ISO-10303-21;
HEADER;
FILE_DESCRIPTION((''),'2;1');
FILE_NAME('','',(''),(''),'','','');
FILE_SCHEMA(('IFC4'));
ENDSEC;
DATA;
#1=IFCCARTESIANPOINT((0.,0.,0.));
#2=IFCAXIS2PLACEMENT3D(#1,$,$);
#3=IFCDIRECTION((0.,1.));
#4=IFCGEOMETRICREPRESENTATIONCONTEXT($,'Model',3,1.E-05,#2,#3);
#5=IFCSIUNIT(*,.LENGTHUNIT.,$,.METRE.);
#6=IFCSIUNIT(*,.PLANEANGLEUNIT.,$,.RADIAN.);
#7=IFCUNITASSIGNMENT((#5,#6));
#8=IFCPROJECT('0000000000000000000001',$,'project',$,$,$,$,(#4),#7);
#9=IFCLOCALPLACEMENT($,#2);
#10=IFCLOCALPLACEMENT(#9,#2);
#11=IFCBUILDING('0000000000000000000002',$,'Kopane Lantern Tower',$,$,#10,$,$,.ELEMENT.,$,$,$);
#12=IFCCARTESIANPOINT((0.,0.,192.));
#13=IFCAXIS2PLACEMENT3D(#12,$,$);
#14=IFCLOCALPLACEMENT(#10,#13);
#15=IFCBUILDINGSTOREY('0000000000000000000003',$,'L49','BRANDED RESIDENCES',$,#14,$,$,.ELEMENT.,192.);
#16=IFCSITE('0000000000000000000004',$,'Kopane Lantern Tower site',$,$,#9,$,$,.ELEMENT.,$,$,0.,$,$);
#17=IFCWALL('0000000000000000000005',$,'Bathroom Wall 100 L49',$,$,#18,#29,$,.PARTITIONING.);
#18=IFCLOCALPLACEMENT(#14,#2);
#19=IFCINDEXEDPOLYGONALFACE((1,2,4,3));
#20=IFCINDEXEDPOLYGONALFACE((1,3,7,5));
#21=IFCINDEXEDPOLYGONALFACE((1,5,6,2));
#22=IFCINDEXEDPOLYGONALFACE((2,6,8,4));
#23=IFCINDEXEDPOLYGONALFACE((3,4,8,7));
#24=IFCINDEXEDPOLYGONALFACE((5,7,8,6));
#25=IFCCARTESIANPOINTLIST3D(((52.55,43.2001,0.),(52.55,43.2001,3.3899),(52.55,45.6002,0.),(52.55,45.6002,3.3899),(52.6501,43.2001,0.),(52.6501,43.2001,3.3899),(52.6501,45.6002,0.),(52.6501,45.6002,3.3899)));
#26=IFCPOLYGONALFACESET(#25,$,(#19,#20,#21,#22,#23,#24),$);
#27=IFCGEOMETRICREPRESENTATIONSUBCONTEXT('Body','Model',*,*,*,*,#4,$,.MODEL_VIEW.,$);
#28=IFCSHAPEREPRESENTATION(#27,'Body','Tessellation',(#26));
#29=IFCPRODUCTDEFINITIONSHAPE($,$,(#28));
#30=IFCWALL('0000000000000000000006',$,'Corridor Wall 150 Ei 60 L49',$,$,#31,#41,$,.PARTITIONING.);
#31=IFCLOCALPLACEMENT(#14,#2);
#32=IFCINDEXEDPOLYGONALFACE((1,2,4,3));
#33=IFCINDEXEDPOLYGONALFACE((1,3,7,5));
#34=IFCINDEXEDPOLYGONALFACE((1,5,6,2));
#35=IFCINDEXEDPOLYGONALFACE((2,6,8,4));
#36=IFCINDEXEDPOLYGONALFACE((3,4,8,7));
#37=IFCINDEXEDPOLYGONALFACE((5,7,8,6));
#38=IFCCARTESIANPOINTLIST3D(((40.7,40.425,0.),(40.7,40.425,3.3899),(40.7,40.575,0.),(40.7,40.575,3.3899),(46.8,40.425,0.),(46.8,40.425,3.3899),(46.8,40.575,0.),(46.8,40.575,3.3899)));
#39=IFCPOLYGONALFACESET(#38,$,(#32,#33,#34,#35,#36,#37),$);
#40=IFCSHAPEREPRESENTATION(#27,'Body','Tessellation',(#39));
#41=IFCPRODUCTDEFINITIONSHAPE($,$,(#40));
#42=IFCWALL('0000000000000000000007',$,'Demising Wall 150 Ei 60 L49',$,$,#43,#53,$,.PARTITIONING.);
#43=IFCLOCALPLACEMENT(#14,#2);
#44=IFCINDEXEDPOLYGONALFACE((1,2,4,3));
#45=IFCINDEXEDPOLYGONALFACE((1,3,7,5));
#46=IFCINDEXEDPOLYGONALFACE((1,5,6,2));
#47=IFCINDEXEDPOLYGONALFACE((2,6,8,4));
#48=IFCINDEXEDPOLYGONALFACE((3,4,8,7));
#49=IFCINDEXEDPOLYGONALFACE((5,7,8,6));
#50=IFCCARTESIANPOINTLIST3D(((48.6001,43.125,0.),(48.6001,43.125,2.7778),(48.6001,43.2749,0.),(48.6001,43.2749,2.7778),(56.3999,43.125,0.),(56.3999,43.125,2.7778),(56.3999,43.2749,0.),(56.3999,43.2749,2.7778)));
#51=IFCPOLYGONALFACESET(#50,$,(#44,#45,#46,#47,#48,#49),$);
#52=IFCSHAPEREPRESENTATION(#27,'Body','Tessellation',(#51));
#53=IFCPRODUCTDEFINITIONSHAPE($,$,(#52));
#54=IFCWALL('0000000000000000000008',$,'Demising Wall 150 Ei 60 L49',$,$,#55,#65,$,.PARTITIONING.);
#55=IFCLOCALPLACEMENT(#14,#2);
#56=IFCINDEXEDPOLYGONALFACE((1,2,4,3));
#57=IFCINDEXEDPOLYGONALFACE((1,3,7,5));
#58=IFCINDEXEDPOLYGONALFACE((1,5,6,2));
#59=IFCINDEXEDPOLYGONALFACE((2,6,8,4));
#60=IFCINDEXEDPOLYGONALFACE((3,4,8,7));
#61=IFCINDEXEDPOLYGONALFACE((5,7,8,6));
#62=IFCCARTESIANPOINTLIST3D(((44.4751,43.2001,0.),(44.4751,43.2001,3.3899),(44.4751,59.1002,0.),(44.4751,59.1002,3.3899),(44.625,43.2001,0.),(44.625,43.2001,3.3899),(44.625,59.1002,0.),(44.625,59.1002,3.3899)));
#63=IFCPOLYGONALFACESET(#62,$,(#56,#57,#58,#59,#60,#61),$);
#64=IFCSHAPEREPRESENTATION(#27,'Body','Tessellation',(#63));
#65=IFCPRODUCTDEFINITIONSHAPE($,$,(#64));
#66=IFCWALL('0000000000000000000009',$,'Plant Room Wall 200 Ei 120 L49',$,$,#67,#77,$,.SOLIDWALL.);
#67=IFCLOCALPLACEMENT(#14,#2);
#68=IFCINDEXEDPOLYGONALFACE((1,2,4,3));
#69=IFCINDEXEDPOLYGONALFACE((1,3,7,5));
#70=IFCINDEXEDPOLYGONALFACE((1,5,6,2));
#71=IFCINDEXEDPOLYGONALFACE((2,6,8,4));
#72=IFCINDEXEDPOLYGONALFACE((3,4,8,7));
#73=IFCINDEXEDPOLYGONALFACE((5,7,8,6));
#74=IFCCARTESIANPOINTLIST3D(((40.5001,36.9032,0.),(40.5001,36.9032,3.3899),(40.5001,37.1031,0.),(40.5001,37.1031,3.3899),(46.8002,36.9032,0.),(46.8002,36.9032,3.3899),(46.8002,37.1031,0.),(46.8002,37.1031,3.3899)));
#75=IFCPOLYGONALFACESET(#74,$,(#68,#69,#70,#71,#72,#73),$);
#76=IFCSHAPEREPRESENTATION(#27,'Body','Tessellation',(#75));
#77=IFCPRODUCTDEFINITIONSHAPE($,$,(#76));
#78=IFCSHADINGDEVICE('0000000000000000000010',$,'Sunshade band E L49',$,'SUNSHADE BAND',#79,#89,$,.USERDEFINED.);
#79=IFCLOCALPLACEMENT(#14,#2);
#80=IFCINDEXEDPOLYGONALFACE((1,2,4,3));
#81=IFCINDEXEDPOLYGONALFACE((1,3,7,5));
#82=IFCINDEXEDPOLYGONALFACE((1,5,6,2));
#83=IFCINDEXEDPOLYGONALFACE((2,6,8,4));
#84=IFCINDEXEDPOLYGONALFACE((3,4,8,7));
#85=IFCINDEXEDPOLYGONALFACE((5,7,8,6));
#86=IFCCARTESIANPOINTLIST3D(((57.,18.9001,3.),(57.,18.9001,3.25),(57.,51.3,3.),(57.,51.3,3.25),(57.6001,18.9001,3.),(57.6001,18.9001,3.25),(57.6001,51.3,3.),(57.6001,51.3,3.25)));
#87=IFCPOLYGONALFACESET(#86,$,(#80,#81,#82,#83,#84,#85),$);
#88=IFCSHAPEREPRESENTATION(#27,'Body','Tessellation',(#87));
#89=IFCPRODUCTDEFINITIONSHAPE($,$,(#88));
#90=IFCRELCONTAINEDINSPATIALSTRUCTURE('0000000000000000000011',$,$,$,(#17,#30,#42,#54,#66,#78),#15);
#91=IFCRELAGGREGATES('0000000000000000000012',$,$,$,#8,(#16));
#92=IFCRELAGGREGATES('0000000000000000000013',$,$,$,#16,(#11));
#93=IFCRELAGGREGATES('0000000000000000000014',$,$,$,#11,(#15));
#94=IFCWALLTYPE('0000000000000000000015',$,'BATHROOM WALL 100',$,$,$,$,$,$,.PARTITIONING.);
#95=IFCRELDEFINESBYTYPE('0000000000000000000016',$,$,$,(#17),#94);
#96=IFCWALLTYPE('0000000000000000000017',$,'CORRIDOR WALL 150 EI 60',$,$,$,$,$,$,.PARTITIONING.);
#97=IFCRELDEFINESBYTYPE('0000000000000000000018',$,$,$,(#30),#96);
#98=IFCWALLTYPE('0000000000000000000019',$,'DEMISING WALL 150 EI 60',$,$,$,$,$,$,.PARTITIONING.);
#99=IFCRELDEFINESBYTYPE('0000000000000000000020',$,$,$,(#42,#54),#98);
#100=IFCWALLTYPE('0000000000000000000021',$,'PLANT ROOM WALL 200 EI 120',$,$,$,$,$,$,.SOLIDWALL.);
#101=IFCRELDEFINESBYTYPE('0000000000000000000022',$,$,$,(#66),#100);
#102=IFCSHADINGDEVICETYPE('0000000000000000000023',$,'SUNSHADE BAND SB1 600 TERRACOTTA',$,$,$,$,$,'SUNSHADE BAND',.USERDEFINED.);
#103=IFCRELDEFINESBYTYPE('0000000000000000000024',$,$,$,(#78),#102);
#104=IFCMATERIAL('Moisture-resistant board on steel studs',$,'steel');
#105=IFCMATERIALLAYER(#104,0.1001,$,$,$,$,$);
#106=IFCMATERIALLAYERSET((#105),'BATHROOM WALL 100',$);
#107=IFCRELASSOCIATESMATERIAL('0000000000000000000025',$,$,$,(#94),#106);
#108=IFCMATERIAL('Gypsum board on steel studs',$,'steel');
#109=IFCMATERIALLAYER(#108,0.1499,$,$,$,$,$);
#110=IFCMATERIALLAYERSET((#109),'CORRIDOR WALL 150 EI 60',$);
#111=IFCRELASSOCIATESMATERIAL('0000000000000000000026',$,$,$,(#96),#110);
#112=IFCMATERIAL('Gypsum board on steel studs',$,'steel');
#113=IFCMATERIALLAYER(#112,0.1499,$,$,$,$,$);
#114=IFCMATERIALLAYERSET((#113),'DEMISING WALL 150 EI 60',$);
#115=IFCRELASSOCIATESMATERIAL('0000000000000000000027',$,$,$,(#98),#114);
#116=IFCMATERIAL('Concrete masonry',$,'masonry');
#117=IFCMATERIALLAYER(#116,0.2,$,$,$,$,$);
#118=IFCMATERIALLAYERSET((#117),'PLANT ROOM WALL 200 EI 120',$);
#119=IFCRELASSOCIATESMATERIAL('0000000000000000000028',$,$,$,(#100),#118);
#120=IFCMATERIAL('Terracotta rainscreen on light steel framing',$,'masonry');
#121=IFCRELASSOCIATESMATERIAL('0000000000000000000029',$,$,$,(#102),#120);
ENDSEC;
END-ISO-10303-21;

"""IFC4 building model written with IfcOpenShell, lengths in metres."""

from ifc_helpers import new_model, si_unit, direction, frame, frame_2d, origin, origin_2d, place, context, subcontext, project, spatial, rectangle, extrude, material, layer, layer_set, type_object, element, save


model = new_model("IFC4")

# Units and contexts
model_context = context("Model", 3, precision=1e-05, world=origin(), true_north=direction((0.0, 1.0)))
body_context = subcontext(model_context, "Body", "Model", "MODEL_VIEW")
ifc_project = project(units=[si_unit("LENGTHUNIT", "METRE"), si_unit("PLANEANGLEUNIT", "RADIAN")], contexts=[model_context])

# Site, building, storey
site_placement = place(None, origin())
site = spatial("IfcSite", under=ifc_project, at=site_placement, Name="Kopane Lantern Tower site", CompositionType="ELEMENT", RefElevation=0.0)
building_placement = place(site_placement, origin())
building = spatial("IfcBuilding", under=site, at=building_placement, Name="Kopane Lantern Tower", CompositionType="ELEMENT")
storey_placement = place(building_placement, frame((0.0, 0.0, 192.0)))
storey = spatial("IfcBuildingStorey", under=building, at=storey_placement, Name="L49", Description="BRANDED RESIDENCES", CompositionType="ELEMENT", Elevation=192.0)

# Shared definitions
ifc_material_1 = material(Name="Moisture-resistant board on steel studs", Category="steel")
ifc_layer_1 = layer(ifc_material_1, 0.1001)
ifc_layer_set_1 = layer_set([ifc_layer_1], Name="BATHROOM WALL 100")
wall_type_1 = type_object("IfcWallType", Name="BATHROOM WALL 100", PredefinedType="PARTITIONING", material=ifc_layer_set_1)

# Walls
wall_1_placement = place(storey_placement, frame((52.6001, 43.2, 0.0), z_axis=(0.0, 0.0, 1.0), x_axis=(0.0, 1.0, 0.0)))
element("IfcWall", 1, at=wall_1_placement, inside=storey, type_object=wall_type_1, Name="Bathroom Wall 100 L49", PredefinedType="PARTITIONING", context=body_context, shape_type="SweptSolid", body=[
    extrude(rectangle(XDim=2.4001, YDim=0.1001, at=frame_2d((1.2002, 0.0))), origin(), (0.0, 0.0, 1.0), 3.3899),
])
ifc_material_2 = material(Name="Gypsum board on steel studs", Category="steel")
ifc_layer_2 = layer(ifc_material_2, 0.1499)
ifc_layer_set_2 = layer_set([ifc_layer_2], Name="CORRIDOR WALL 150 EI 60")
wall_type_2 = type_object("IfcWallType", Name="CORRIDOR WALL 150 EI 60", PredefinedType="PARTITIONING", material=ifc_layer_set_2)
wall_2_placement = place(storey_placement, frame((46.8, 40.5, 0.0), z_axis=(0.0, 0.0, 1.0), x_axis=(-1.0, 0.0, 0.0)))
element("IfcWall", 2, at=wall_2_placement, inside=storey, type_object=wall_type_2, Name="Corridor Wall 150 Ei 60 L49", PredefinedType="PARTITIONING", context=body_context, shape_type="SweptSolid", body=[
    extrude(rectangle(XDim=6.1001, YDim=0.1499, at=frame_2d((3.05, 0.0))), origin(), (0.0, 0.0, 1.0), 3.3899),
])
ifc_material_3 = material(Name="Gypsum board on steel studs", Category="steel")
ifc_layer_3 = layer(ifc_material_3, 0.1499)
ifc_layer_set_3 = layer_set([ifc_layer_3], Name="DEMISING WALL 150 EI 60")
wall_type_3 = type_object("IfcWallType", Name="DEMISING WALL 150 EI 60", PredefinedType="PARTITIONING", material=ifc_layer_set_3)
wall_3_placement = place(storey_placement, frame((48.6001, 43.2, 0.0), z_axis=(0.0, 0.0, 1.0), x_axis=(1.0, 0.0, 0.0)))
element("IfcWall", 3, at=wall_3_placement, inside=storey, type_object=wall_type_3, Name="Demising Wall 150 Ei 60 L49", PredefinedType="PARTITIONING", context=body_context, shape_type="SweptSolid", body=[
    extrude(rectangle(XDim=7.7998, YDim=0.1499, at=frame_2d((3.8999, 0.0))), origin(), (0.0, 0.0, 1.0), 2.7778),
])
wall_4_placement = place(storey_placement, frame((44.55, 43.2, 0.0), z_axis=(0.0, 0.0, 1.0), x_axis=(0.0, 1.0, 0.0)))
element("IfcWall", 4, at=wall_4_placement, inside=storey, type_object=wall_type_3, Name="Demising Wall 150 Ei 60 L49", PredefinedType="PARTITIONING", context=body_context, shape_type="SweptSolid", body=[
    extrude(rectangle(XDim=15.9001, YDim=0.1499, at=frame_2d((7.9502, 0.0))), origin(), (0.0, 0.0, 1.0), 3.3899),
])
ifc_material_4 = material(Name="Concrete masonry", Category="masonry")
ifc_layer_4 = layer(ifc_material_4, 0.2)
ifc_layer_set_4 = layer_set([ifc_layer_4], Name="PLANT ROOM WALL 200 EI 120")
wall_type_4 = type_object("IfcWallType", Name="PLANT ROOM WALL 200 EI 120", PredefinedType="SOLIDWALL", material=ifc_layer_set_4)
wall_5_placement = place(storey_placement, frame((46.8, 37.0032, 0.0), z_axis=(0.0, 0.0, 1.0), x_axis=(-1.0, 0.0, 0.0)))
element("IfcWall", 5, at=wall_5_placement, inside=storey, type_object=wall_type_4, Name="Plant Room Wall 200 Ei 120 L49", PredefinedType="SOLIDWALL", context=body_context, shape_type="SweptSolid", body=[
    extrude(rectangle(XDim=6.3, YDim=0.2, at=frame_2d((3.1499, 0.0))), origin(), (0.0, 0.0, 1.0), 3.3899),
])

# Shading device
ifc_material_5 = material(Name="Terracotta rainscreen on light steel framing", Category="masonry")
shading_device_type = type_object("IfcShadingDeviceType", Name="SUNSHADE BAND SB1 600 TERRACOTTA", ElementType="SUNSHADE BAND", PredefinedType="USERDEFINED", material=ifc_material_5)
shading_device_placement = place(storey_placement, frame((57.3, 35.1001, 3.0), z_axis=(0.0, 0.0, 1.0), x_axis=(0.0, 1.0, 0.0)))
element("IfcShadingDevice", 6, at=shading_device_placement, inside=storey, type_object=shading_device_type, Name="Sunshade band E L49", ObjectType="SUNSHADE BAND", PredefinedType="USERDEFINED", context=body_context, shape_type="SweptSolid", body=[
    extrude(rectangle(XDim=32.3999, YDim=0.6001, at=origin_2d()), origin(), (0.0, 0.0, 1.0), 0.25),
])

save(model, "model.ifc")
